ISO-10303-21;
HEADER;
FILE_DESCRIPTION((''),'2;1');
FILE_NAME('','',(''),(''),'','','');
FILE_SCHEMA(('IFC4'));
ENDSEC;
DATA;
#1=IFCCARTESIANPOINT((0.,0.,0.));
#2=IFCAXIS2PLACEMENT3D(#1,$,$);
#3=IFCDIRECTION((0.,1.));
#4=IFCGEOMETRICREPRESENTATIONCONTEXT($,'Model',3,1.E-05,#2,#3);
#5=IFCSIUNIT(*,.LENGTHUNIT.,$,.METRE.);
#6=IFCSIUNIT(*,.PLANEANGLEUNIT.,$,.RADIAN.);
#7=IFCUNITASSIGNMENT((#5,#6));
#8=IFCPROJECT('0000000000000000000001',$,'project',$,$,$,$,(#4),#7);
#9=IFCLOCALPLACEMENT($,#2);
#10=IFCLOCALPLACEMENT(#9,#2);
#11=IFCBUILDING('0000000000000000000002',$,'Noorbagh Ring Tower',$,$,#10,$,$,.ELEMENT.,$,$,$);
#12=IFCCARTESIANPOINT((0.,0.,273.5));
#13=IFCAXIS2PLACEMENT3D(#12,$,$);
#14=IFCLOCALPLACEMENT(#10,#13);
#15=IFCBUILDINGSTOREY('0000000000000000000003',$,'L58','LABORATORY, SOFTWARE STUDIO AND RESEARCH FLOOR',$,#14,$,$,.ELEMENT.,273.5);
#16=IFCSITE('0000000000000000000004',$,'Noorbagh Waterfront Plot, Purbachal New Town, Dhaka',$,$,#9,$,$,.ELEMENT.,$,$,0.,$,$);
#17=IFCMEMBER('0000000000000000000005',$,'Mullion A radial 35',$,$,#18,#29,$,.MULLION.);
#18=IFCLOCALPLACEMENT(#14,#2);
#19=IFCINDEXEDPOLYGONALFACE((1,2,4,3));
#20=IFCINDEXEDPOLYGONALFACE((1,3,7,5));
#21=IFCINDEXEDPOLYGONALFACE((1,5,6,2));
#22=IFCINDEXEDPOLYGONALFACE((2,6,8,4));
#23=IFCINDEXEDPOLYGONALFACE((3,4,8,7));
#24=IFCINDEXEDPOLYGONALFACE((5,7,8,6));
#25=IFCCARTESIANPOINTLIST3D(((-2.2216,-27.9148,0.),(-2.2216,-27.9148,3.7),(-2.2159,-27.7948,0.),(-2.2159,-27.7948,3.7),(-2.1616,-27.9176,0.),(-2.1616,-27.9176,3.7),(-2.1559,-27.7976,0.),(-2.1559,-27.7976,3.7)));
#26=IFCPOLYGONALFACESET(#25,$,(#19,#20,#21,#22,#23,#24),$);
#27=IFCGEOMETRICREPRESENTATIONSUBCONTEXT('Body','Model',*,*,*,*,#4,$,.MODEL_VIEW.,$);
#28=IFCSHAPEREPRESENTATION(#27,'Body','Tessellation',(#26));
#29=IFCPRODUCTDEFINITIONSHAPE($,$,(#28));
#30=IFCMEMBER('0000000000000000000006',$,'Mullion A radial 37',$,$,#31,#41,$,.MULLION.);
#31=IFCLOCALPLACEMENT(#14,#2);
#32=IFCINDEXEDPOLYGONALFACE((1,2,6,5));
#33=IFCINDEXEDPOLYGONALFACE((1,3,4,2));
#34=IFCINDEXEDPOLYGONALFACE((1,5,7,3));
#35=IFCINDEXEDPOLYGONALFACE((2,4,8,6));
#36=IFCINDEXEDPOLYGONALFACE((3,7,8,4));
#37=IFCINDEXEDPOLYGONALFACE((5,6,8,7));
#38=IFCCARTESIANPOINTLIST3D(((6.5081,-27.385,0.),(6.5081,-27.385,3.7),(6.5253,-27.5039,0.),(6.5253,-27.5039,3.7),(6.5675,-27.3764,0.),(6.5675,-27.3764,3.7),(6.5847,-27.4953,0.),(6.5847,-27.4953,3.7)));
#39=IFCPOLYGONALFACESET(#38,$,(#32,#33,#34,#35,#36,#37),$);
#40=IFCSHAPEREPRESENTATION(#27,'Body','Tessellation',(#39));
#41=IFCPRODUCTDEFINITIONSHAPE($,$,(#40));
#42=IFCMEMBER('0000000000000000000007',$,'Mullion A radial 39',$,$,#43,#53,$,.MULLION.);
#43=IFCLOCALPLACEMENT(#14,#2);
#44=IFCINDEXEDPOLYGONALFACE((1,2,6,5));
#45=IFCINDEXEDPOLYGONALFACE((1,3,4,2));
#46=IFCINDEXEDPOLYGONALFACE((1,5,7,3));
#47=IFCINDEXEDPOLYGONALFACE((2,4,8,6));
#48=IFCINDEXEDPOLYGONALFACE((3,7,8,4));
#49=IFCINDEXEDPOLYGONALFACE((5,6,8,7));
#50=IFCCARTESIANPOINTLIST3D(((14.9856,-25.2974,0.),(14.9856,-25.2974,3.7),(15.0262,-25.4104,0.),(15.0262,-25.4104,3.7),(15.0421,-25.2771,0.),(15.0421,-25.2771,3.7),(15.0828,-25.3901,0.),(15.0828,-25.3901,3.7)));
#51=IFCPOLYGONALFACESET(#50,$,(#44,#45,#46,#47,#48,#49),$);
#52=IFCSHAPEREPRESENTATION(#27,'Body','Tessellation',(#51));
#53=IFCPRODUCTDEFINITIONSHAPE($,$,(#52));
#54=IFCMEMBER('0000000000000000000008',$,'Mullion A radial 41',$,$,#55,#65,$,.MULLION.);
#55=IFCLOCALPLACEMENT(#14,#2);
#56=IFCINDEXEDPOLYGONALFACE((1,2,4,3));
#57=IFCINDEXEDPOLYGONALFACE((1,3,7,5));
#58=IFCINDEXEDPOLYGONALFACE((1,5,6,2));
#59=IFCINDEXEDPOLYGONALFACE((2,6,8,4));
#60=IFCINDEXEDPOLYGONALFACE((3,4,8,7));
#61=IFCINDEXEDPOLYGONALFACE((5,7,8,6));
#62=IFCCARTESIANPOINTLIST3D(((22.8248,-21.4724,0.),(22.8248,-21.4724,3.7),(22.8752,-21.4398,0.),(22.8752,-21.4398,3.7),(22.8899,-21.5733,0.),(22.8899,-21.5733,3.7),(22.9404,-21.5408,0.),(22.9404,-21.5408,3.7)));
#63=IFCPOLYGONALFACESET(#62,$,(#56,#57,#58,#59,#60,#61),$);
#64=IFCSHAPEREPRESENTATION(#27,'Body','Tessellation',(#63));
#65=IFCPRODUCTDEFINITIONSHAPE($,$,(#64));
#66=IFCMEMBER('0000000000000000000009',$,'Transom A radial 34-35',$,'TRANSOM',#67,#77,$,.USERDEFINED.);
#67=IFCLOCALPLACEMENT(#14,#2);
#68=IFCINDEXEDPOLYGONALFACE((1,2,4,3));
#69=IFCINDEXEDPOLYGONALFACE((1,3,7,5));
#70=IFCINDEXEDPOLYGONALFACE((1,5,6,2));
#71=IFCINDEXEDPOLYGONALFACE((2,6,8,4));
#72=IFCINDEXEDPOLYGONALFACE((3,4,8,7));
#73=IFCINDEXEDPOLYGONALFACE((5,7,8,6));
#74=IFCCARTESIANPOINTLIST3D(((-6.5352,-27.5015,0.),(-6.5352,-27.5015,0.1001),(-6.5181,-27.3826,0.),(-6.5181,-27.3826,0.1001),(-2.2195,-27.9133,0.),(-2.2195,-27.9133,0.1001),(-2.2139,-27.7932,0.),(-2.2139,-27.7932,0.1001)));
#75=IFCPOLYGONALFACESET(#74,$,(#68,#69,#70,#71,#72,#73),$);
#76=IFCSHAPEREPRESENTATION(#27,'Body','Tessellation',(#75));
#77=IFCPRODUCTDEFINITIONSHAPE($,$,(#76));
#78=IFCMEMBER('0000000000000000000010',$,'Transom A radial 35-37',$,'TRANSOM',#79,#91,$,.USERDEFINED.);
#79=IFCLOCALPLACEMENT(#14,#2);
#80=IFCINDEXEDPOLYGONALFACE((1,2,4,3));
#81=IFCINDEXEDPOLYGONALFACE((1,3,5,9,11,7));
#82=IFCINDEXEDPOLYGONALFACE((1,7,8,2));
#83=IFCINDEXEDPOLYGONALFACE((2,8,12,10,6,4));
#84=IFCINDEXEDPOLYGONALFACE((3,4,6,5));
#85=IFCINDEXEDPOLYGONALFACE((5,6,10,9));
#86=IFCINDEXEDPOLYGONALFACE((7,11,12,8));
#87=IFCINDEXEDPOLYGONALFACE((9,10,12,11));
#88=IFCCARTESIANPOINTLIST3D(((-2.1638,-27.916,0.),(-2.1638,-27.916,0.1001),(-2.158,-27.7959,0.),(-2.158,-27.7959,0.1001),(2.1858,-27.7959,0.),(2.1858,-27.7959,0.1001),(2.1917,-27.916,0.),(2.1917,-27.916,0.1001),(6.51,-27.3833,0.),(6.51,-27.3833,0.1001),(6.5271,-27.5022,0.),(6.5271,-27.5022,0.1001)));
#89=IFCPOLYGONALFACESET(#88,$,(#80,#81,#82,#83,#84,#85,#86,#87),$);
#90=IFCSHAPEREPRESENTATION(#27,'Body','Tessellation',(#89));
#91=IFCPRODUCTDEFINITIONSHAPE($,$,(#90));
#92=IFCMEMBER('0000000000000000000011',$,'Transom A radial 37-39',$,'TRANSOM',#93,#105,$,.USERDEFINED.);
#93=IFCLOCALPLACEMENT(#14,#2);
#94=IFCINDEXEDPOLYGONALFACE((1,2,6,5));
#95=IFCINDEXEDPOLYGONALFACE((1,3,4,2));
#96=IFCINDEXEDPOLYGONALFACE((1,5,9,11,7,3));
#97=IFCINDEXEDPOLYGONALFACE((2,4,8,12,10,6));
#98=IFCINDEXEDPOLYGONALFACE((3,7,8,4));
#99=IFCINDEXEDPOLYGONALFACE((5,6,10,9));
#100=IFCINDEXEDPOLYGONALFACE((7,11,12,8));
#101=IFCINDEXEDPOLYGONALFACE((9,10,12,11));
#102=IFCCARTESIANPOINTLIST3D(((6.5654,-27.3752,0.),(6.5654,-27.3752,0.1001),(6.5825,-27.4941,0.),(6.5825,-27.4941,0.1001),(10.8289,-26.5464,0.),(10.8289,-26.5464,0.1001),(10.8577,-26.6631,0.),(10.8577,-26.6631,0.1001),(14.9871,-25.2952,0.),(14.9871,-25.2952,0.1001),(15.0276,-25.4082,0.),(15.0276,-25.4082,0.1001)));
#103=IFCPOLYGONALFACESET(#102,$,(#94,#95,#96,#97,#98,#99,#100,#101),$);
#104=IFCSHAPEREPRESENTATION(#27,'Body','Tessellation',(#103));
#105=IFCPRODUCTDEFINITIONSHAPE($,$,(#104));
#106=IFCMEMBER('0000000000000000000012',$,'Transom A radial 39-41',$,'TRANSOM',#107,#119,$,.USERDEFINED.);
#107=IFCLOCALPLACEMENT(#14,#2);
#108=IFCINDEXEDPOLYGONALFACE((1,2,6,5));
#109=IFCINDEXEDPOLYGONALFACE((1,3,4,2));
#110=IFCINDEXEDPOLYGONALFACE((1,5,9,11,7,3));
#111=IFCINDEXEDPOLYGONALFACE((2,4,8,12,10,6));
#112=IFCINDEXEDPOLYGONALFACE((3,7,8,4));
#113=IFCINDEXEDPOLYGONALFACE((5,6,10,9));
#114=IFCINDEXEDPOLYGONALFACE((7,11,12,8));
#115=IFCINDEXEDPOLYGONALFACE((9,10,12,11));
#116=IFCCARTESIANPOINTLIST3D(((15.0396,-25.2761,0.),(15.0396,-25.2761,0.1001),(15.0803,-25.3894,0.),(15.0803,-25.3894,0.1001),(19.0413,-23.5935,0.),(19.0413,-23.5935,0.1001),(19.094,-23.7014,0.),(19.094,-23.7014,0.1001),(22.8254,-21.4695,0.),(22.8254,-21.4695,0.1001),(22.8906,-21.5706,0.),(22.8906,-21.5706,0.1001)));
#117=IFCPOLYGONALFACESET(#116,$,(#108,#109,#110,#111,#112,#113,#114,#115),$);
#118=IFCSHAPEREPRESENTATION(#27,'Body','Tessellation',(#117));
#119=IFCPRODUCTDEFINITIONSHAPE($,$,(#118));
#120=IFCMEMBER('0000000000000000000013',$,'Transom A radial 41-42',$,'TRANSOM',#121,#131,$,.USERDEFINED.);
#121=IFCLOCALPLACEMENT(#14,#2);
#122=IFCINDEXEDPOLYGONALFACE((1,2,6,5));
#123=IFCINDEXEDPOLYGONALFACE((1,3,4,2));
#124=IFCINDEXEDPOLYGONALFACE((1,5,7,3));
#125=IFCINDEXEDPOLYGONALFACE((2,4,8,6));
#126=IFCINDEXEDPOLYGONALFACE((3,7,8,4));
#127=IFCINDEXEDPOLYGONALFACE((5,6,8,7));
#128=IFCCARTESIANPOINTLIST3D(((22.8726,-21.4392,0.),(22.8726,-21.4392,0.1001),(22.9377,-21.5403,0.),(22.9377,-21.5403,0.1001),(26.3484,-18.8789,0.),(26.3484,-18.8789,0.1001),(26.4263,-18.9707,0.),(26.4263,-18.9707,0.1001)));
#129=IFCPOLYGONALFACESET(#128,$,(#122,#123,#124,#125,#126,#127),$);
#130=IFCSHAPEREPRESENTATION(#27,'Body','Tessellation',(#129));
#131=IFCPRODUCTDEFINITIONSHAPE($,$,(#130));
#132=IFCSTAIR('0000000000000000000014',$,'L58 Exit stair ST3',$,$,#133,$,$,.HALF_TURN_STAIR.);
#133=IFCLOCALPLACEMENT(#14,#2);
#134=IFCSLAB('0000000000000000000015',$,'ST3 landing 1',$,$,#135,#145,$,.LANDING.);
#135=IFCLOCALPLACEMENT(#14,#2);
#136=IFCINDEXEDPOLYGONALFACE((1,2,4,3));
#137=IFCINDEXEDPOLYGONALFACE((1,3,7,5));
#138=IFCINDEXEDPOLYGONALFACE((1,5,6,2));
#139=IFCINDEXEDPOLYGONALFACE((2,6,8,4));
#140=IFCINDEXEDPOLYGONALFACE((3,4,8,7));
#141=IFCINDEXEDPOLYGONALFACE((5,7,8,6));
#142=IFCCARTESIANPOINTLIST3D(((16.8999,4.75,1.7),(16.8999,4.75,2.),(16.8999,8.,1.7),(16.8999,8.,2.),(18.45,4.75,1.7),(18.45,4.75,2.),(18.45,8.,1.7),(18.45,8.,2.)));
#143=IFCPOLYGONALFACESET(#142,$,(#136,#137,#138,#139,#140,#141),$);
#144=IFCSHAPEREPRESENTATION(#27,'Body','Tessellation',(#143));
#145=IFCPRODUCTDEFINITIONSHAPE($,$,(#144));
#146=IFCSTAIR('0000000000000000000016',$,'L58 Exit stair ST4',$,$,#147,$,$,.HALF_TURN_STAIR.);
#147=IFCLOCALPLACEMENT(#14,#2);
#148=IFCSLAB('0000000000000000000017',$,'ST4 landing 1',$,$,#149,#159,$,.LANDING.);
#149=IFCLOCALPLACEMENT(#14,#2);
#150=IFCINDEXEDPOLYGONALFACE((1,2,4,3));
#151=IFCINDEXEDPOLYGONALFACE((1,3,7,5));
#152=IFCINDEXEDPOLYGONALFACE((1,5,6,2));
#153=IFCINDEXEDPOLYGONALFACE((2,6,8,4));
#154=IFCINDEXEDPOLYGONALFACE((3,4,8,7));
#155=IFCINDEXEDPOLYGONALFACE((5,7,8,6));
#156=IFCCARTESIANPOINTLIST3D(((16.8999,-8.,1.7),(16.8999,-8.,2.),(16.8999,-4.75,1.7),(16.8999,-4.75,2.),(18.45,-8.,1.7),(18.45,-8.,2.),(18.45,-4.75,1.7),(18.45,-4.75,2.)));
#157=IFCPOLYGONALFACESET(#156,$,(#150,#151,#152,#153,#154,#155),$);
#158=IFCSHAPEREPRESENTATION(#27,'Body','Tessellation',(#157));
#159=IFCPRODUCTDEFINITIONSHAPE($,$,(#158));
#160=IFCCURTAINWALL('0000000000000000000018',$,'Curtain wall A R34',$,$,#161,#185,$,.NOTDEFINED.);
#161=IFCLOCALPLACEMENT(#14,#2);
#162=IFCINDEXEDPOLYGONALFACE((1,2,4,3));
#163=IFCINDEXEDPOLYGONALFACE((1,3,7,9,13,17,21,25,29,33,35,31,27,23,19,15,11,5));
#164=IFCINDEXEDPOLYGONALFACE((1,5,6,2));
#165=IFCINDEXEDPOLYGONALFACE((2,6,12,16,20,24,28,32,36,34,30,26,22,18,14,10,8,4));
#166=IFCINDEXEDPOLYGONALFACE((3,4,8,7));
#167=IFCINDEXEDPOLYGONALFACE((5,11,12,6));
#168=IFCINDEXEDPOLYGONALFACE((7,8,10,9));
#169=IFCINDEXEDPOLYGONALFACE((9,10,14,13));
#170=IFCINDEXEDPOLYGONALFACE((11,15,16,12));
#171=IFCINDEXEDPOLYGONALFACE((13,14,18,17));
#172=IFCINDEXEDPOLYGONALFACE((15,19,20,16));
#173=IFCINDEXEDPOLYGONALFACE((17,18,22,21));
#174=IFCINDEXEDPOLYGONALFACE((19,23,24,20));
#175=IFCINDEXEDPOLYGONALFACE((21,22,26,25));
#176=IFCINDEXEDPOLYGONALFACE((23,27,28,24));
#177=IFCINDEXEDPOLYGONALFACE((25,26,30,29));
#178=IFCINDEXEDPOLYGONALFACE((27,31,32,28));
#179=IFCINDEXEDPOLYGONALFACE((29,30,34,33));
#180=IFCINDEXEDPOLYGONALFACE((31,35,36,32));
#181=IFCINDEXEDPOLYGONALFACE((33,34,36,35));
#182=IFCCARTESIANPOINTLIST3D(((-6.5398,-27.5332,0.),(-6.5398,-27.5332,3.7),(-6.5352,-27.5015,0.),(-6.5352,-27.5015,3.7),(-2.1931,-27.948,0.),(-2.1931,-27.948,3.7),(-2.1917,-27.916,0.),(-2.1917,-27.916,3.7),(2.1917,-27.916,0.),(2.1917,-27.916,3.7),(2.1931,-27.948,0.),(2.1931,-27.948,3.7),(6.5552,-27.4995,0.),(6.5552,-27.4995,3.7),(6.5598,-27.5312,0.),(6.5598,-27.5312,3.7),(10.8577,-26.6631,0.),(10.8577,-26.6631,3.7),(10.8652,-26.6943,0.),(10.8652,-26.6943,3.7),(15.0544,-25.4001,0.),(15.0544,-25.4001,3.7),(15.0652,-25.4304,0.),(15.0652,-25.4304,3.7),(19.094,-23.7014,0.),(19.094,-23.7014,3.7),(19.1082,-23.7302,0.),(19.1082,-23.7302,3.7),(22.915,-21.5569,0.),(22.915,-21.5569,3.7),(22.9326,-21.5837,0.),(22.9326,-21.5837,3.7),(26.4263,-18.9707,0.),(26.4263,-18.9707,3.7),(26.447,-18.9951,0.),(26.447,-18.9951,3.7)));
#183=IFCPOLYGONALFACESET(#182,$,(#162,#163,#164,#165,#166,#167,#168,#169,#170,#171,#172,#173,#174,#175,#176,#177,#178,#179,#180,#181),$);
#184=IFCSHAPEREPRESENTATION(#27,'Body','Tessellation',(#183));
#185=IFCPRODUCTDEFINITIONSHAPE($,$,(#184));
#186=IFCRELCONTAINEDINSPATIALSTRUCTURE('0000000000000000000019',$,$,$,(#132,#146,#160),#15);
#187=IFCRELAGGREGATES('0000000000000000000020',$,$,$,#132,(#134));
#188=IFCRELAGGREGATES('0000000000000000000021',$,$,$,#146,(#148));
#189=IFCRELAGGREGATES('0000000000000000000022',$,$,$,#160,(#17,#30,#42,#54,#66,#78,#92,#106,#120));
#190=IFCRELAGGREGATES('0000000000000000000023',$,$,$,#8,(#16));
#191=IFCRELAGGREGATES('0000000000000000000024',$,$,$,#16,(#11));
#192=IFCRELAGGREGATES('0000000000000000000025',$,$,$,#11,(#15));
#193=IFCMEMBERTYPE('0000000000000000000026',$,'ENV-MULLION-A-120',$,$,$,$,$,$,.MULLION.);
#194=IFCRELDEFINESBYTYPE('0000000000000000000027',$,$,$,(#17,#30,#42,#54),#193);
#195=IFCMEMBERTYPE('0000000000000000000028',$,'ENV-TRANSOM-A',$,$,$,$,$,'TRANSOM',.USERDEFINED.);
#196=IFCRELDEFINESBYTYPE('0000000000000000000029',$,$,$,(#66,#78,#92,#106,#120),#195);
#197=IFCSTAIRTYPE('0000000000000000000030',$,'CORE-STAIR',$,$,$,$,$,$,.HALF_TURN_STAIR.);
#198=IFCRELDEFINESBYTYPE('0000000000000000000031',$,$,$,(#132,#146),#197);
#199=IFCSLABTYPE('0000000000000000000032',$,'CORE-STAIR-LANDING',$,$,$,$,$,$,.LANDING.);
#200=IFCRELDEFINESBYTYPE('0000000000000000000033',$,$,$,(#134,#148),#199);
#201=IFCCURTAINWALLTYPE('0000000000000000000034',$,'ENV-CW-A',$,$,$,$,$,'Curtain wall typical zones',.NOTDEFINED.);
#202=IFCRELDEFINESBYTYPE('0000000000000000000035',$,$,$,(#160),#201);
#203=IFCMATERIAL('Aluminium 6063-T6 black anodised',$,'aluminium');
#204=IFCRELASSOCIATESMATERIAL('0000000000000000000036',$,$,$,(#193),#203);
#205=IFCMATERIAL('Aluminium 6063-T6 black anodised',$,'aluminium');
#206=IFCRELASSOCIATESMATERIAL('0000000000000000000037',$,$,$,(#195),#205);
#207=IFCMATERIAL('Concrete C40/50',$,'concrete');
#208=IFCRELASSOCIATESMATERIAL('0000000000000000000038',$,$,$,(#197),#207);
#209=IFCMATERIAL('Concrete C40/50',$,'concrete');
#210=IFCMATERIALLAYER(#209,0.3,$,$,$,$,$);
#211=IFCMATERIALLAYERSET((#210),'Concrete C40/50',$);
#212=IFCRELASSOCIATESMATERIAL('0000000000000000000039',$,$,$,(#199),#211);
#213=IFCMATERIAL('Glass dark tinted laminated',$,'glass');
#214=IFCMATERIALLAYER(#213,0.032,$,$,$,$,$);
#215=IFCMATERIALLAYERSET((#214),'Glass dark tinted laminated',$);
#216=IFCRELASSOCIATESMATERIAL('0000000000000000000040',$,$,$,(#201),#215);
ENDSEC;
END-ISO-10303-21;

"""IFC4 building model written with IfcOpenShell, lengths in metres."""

from ifc_helpers import new_model, si_unit, direction, frame, origin, origin_2d, place, context, subcontext, project, spatial, polyline, rectangle, outline, extrude, material, layer, layer_set, material_profile, profile_set, type_object, element, aggregate, save


model = new_model("IFC4")

# Units and contexts
model_context = context("Model", 3, precision=1e-05, world=origin(), true_north=direction((0.0, 1.0)))
body_context = subcontext(model_context, "Body", "Model", "MODEL_VIEW")
ifc_project = project(units=[si_unit("LENGTHUNIT", "METRE"), si_unit("PLANEANGLEUNIT", "RADIAN")], contexts=[model_context])

# Members
ifc_material_1 = material(Name="Aluminium 6063-T6 black anodised", Category="aluminium")
ifc_material_profile = material_profile(ifc_material_1, rectangle(XDim=0.1201, YDim=0.0601, at=origin_2d()), Name="120x60")
ifc_profile_set = profile_set([ifc_material_profile], Name="Aluminium 6063-T6 black anodised")
member_type_1 = type_object("IfcMemberType", Name="ENV-MULLION-A-120", PredefinedType="MULLION", material=ifc_profile_set)
site_placement = place(None, origin())
building_placement = place(site_placement, origin())
storey_placement = place(building_placement, frame((0.0, 0.0, 273.5)))
member_1_placement = place(storey_placement, frame((-2.1887, -27.8562, 0.0), z_axis=(0.0, 0.0, 1.0), x_axis=(0.047558, 0.998868, 0.0)))
member_1 = element("IfcMember", 1, at=member_1_placement, type_object=member_type_1, Name="Mullion A radial 35", PredefinedType="MULLION", context=body_context, shape_type="SweptSolid", body=[
    extrude(rectangle(XDim=0.1201, YDim=0.0601, at=origin_2d()), origin(), (0.0, 0.0, 1.0), 3.7),
])
member_2_placement = place(storey_placement, frame((6.5464, -27.4402, 0.0), z_axis=(0.0, 0.0, 1.0), x_axis=(-0.143082, 0.989711, 0.0)))
member_2 = element("IfcMember", 2, at=member_2_placement, type_object=member_type_1, Name="Mullion A radial 37", PredefinedType="MULLION", context=body_context, shape_type="SweptSolid", body=[
    extrude(rectangle(XDim=0.1201, YDim=0.0601, at=origin_2d()), origin(), (0.0, 0.0, 1.0), 3.7),
])
member_3_placement = place(storey_placement, frame((15.0342, -25.3438, 0.0), z_axis=(0.0, 0.0, 1.0), x_axis=(-0.338379, 0.94101, 0.0)))
member_3 = element("IfcMember", 3, at=member_3_placement, type_object=member_type_1, Name="Mullion A radial 39", PredefinedType="MULLION", context=body_context, shape_type="SweptSolid", body=[
    extrude(rectangle(XDim=0.1201, YDim=0.0601, at=origin_2d()), origin(), (0.0, 0.0, 1.0), 3.7),
])
member_4_placement = place(storey_placement, frame((22.8826, -21.5066, 0.0), z_axis=(0.0, 0.0, 1.0), x_axis=(-0.542279, 0.840198, 0.0)))
member_4 = element("IfcMember", 4, at=member_4_placement, type_object=member_type_1, Name="Mullion A radial 41", PredefinedType="MULLION", context=body_context, shape_type="SweptSolid", body=[
    extrude(rectangle(XDim=0.1201, YDim=0.0601, at=origin_2d()), origin(), (0.0, 0.0, 1.0), 3.7),
])
ifc_material_2 = material(Name="Aluminium 6063-T6 black anodised", Category="aluminium")
member_type_2 = type_object("IfcMemberType", Name="ENV-TRANSOM-A", ElementType="TRANSOM", PredefinedType="USERDEFINED", material=ifc_material_2)
member_5_placement = place(storey_placement, origin())
member_5 = element("IfcMember", 5, at=member_5_placement, type_object=member_type_2, Name="Transom A radial 34-35", ObjectType="TRANSOM", PredefinedType="USERDEFINED", context=body_context, shape_type="SweptSolid", body=[
    extrude(outline(polyline([(-6.5352, -27.5015), (-2.2195, -27.9133), (-2.2139, -27.7932), (-6.5181, -27.3826), (-6.5352, -27.5015)])), origin(), (0.0, 0.0, 1.0), 0.1001),
])
member_6_placement = place(storey_placement, origin())
member_6 = element("IfcMember", 6, at=member_6_placement, type_object=member_type_2, Name="Transom A radial 35-37", ObjectType="TRANSOM", PredefinedType="USERDEFINED", context=body_context, shape_type="SweptSolid", body=[
    extrude(outline(polyline([(-2.1638, -27.916), (2.1917, -27.916), (6.5271, -27.5022), (6.51, -27.3833), (2.1858, -27.7959), (-2.158, -27.7959), (-2.1638, -27.916)])), origin(), (0.0, 0.0, 1.0), 0.1001),
])
member_7_placement = place(storey_placement, origin())
member_7 = element("IfcMember", 7, at=member_7_placement, type_object=member_type_2, Name="Transom A radial 37-39", ObjectType="TRANSOM", PredefinedType="USERDEFINED", context=body_context, shape_type="SweptSolid", body=[
    extrude(outline(polyline([(6.5825, -27.4941), (10.8577, -26.6631), (15.0276, -25.4082), (14.9871, -25.2952), (10.8289, -26.5464), (6.5654, -27.3752), (6.5825, -27.4941)])), origin(), (0.0, 0.0, 1.0), 0.1001),
])
member_8_placement = place(storey_placement, origin())
member_8 = element("IfcMember", 8, at=member_8_placement, type_object=member_type_2, Name="Transom A radial 39-41", ObjectType="TRANSOM", PredefinedType="USERDEFINED", context=body_context, shape_type="SweptSolid", body=[
    extrude(outline(polyline([(15.0803, -25.3894), (19.094, -23.7014), (22.8906, -21.5706), (22.8254, -21.4695), (19.0413, -23.5935), (15.0396, -25.2761), (15.0803, -25.3894)])), origin(), (0.0, 0.0, 1.0), 0.1001),
])
member_9_placement = place(storey_placement, origin())
member_9 = element("IfcMember", 9, at=member_9_placement, type_object=member_type_2, Name="Transom A radial 41-42", ObjectType="TRANSOM", PredefinedType="USERDEFINED", context=body_context, shape_type="SweptSolid", body=[
    extrude(outline(polyline([(22.9377, -21.5403), (26.4263, -18.9707), (26.3484, -18.8789), (22.8726, -21.4392), (22.9377, -21.5403)])), origin(), (0.0, 0.0, 1.0), 0.1001),
])

# Site, building, storey
site = spatial("IfcSite", under=ifc_project, at=site_placement, Name="Noorbagh Waterfront Plot, Purbachal New Town, Dhaka", CompositionType="ELEMENT", RefElevation=0.0)
building = spatial("IfcBuilding", under=site, at=building_placement, Name="Noorbagh Ring Tower", CompositionType="ELEMENT")
storey = spatial("IfcBuildingStorey", under=building, at=storey_placement, Name="L58", Description="LABORATORY, SOFTWARE STUDIO AND RESEARCH FLOOR", CompositionType="ELEMENT", Elevation=273.5)

# Stairs, slabs
ifc_material_3 = material(Name="Concrete C40/50", Category="concrete")
stair_type = type_object("IfcStairType", Name="CORE-STAIR", PredefinedType="HALF_TURN_STAIR", material=ifc_material_3)
stair_1_placement = place(storey_placement, origin())
stair_1 = element("IfcStair", 10, at=stair_1_placement, inside=storey, type_object=stair_type, Name="L58 Exit stair ST3", PredefinedType="HALF_TURN_STAIR")
ifc_material_4 = material(Name="Concrete C40/50", Category="concrete")
ifc_layer_1 = layer(ifc_material_4, 0.3)
ifc_layer_set_1 = layer_set([ifc_layer_1], Name="Concrete C40/50")
slab_type = type_object("IfcSlabType", Name="CORE-STAIR-LANDING", PredefinedType="LANDING", material=ifc_layer_set_1)
slab_1_placement = place(storey_placement, frame((0.0, 0.0, 1.7)))
slab_1 = element("IfcSlab", 11, at=slab_1_placement, type_object=slab_type, Name="ST3 landing 1", PredefinedType="LANDING", context=body_context, shape_type="SweptSolid", body=[
    extrude(outline(polyline([(18.45, 8.0), (16.8999, 8.0), (16.8999, 4.75), (18.45, 4.75), (18.45, 8.0)])), origin(), (0.0, 0.0, 1.0), 0.3),
])
aggregate(stair_1, [slab_1])
stair_2_placement = place(storey_placement, origin())
stair_2 = element("IfcStair", 12, at=stair_2_placement, inside=storey, type_object=stair_type, Name="L58 Exit stair ST4", PredefinedType="HALF_TURN_STAIR")
slab_2_placement = place(storey_placement, frame((0.0, 0.0, 1.7)))
slab_2 = element("IfcSlab", 13, at=slab_2_placement, type_object=slab_type, Name="ST4 landing 1", PredefinedType="LANDING", context=body_context, shape_type="SweptSolid", body=[
    extrude(outline(polyline([(18.45, -4.75), (16.8999, -4.75), (16.8999, -8.0), (18.45, -8.0), (18.45, -4.75)])), origin(), (0.0, 0.0, 1.0), 0.3),
])
aggregate(stair_2, [slab_2])

# Curtain wall
ifc_material_5 = material(Name="Glass dark tinted laminated", Category="glass")
ifc_layer_2 = layer(ifc_material_5, 0.032)
ifc_layer_set_2 = layer_set([ifc_layer_2], Name="Glass dark tinted laminated")
curtain_wall_type = type_object("IfcCurtainWallType", Name="ENV-CW-A", ElementType="Curtain wall typical zones", PredefinedType="NOTDEFINED", material=ifc_layer_set_2)
curtain_wall_1_placement = place(storey_placement, origin())
curtain_wall_1 = element("IfcCurtainWall", 14, at=curtain_wall_1_placement, inside=storey, type_object=curtain_wall_type, Name="Curtain wall A R34", PredefinedType="NOTDEFINED", context=body_context, shape_type="SweptSolid", body=[
    extrude(outline(polyline([(-6.5398, -27.5332), (-2.1931, -27.948), (2.1931, -27.948), (6.5598, -27.5312), (10.8652, -26.6943), (15.0652, -25.4304), (19.1082, -23.7302), (22.9326, -21.5837), (26.447, -18.9951), (26.4263, -18.9707), (22.915, -21.5569), (19.094, -23.7014), (15.0544, -25.4001), (10.8577, -26.6631), (6.5552, -27.4995), (2.1917, -27.916), (-2.1917, -27.916), (-6.5352, -27.5015), (-6.5398, -27.5332)])), origin(), (0.0, 0.0, 1.0), 3.7),
])
aggregate(curtain_wall_1, [member_1, member_2, member_3, member_4, member_5, member_6, member_7, member_8, member_9])

save(model, "model.ifc")
